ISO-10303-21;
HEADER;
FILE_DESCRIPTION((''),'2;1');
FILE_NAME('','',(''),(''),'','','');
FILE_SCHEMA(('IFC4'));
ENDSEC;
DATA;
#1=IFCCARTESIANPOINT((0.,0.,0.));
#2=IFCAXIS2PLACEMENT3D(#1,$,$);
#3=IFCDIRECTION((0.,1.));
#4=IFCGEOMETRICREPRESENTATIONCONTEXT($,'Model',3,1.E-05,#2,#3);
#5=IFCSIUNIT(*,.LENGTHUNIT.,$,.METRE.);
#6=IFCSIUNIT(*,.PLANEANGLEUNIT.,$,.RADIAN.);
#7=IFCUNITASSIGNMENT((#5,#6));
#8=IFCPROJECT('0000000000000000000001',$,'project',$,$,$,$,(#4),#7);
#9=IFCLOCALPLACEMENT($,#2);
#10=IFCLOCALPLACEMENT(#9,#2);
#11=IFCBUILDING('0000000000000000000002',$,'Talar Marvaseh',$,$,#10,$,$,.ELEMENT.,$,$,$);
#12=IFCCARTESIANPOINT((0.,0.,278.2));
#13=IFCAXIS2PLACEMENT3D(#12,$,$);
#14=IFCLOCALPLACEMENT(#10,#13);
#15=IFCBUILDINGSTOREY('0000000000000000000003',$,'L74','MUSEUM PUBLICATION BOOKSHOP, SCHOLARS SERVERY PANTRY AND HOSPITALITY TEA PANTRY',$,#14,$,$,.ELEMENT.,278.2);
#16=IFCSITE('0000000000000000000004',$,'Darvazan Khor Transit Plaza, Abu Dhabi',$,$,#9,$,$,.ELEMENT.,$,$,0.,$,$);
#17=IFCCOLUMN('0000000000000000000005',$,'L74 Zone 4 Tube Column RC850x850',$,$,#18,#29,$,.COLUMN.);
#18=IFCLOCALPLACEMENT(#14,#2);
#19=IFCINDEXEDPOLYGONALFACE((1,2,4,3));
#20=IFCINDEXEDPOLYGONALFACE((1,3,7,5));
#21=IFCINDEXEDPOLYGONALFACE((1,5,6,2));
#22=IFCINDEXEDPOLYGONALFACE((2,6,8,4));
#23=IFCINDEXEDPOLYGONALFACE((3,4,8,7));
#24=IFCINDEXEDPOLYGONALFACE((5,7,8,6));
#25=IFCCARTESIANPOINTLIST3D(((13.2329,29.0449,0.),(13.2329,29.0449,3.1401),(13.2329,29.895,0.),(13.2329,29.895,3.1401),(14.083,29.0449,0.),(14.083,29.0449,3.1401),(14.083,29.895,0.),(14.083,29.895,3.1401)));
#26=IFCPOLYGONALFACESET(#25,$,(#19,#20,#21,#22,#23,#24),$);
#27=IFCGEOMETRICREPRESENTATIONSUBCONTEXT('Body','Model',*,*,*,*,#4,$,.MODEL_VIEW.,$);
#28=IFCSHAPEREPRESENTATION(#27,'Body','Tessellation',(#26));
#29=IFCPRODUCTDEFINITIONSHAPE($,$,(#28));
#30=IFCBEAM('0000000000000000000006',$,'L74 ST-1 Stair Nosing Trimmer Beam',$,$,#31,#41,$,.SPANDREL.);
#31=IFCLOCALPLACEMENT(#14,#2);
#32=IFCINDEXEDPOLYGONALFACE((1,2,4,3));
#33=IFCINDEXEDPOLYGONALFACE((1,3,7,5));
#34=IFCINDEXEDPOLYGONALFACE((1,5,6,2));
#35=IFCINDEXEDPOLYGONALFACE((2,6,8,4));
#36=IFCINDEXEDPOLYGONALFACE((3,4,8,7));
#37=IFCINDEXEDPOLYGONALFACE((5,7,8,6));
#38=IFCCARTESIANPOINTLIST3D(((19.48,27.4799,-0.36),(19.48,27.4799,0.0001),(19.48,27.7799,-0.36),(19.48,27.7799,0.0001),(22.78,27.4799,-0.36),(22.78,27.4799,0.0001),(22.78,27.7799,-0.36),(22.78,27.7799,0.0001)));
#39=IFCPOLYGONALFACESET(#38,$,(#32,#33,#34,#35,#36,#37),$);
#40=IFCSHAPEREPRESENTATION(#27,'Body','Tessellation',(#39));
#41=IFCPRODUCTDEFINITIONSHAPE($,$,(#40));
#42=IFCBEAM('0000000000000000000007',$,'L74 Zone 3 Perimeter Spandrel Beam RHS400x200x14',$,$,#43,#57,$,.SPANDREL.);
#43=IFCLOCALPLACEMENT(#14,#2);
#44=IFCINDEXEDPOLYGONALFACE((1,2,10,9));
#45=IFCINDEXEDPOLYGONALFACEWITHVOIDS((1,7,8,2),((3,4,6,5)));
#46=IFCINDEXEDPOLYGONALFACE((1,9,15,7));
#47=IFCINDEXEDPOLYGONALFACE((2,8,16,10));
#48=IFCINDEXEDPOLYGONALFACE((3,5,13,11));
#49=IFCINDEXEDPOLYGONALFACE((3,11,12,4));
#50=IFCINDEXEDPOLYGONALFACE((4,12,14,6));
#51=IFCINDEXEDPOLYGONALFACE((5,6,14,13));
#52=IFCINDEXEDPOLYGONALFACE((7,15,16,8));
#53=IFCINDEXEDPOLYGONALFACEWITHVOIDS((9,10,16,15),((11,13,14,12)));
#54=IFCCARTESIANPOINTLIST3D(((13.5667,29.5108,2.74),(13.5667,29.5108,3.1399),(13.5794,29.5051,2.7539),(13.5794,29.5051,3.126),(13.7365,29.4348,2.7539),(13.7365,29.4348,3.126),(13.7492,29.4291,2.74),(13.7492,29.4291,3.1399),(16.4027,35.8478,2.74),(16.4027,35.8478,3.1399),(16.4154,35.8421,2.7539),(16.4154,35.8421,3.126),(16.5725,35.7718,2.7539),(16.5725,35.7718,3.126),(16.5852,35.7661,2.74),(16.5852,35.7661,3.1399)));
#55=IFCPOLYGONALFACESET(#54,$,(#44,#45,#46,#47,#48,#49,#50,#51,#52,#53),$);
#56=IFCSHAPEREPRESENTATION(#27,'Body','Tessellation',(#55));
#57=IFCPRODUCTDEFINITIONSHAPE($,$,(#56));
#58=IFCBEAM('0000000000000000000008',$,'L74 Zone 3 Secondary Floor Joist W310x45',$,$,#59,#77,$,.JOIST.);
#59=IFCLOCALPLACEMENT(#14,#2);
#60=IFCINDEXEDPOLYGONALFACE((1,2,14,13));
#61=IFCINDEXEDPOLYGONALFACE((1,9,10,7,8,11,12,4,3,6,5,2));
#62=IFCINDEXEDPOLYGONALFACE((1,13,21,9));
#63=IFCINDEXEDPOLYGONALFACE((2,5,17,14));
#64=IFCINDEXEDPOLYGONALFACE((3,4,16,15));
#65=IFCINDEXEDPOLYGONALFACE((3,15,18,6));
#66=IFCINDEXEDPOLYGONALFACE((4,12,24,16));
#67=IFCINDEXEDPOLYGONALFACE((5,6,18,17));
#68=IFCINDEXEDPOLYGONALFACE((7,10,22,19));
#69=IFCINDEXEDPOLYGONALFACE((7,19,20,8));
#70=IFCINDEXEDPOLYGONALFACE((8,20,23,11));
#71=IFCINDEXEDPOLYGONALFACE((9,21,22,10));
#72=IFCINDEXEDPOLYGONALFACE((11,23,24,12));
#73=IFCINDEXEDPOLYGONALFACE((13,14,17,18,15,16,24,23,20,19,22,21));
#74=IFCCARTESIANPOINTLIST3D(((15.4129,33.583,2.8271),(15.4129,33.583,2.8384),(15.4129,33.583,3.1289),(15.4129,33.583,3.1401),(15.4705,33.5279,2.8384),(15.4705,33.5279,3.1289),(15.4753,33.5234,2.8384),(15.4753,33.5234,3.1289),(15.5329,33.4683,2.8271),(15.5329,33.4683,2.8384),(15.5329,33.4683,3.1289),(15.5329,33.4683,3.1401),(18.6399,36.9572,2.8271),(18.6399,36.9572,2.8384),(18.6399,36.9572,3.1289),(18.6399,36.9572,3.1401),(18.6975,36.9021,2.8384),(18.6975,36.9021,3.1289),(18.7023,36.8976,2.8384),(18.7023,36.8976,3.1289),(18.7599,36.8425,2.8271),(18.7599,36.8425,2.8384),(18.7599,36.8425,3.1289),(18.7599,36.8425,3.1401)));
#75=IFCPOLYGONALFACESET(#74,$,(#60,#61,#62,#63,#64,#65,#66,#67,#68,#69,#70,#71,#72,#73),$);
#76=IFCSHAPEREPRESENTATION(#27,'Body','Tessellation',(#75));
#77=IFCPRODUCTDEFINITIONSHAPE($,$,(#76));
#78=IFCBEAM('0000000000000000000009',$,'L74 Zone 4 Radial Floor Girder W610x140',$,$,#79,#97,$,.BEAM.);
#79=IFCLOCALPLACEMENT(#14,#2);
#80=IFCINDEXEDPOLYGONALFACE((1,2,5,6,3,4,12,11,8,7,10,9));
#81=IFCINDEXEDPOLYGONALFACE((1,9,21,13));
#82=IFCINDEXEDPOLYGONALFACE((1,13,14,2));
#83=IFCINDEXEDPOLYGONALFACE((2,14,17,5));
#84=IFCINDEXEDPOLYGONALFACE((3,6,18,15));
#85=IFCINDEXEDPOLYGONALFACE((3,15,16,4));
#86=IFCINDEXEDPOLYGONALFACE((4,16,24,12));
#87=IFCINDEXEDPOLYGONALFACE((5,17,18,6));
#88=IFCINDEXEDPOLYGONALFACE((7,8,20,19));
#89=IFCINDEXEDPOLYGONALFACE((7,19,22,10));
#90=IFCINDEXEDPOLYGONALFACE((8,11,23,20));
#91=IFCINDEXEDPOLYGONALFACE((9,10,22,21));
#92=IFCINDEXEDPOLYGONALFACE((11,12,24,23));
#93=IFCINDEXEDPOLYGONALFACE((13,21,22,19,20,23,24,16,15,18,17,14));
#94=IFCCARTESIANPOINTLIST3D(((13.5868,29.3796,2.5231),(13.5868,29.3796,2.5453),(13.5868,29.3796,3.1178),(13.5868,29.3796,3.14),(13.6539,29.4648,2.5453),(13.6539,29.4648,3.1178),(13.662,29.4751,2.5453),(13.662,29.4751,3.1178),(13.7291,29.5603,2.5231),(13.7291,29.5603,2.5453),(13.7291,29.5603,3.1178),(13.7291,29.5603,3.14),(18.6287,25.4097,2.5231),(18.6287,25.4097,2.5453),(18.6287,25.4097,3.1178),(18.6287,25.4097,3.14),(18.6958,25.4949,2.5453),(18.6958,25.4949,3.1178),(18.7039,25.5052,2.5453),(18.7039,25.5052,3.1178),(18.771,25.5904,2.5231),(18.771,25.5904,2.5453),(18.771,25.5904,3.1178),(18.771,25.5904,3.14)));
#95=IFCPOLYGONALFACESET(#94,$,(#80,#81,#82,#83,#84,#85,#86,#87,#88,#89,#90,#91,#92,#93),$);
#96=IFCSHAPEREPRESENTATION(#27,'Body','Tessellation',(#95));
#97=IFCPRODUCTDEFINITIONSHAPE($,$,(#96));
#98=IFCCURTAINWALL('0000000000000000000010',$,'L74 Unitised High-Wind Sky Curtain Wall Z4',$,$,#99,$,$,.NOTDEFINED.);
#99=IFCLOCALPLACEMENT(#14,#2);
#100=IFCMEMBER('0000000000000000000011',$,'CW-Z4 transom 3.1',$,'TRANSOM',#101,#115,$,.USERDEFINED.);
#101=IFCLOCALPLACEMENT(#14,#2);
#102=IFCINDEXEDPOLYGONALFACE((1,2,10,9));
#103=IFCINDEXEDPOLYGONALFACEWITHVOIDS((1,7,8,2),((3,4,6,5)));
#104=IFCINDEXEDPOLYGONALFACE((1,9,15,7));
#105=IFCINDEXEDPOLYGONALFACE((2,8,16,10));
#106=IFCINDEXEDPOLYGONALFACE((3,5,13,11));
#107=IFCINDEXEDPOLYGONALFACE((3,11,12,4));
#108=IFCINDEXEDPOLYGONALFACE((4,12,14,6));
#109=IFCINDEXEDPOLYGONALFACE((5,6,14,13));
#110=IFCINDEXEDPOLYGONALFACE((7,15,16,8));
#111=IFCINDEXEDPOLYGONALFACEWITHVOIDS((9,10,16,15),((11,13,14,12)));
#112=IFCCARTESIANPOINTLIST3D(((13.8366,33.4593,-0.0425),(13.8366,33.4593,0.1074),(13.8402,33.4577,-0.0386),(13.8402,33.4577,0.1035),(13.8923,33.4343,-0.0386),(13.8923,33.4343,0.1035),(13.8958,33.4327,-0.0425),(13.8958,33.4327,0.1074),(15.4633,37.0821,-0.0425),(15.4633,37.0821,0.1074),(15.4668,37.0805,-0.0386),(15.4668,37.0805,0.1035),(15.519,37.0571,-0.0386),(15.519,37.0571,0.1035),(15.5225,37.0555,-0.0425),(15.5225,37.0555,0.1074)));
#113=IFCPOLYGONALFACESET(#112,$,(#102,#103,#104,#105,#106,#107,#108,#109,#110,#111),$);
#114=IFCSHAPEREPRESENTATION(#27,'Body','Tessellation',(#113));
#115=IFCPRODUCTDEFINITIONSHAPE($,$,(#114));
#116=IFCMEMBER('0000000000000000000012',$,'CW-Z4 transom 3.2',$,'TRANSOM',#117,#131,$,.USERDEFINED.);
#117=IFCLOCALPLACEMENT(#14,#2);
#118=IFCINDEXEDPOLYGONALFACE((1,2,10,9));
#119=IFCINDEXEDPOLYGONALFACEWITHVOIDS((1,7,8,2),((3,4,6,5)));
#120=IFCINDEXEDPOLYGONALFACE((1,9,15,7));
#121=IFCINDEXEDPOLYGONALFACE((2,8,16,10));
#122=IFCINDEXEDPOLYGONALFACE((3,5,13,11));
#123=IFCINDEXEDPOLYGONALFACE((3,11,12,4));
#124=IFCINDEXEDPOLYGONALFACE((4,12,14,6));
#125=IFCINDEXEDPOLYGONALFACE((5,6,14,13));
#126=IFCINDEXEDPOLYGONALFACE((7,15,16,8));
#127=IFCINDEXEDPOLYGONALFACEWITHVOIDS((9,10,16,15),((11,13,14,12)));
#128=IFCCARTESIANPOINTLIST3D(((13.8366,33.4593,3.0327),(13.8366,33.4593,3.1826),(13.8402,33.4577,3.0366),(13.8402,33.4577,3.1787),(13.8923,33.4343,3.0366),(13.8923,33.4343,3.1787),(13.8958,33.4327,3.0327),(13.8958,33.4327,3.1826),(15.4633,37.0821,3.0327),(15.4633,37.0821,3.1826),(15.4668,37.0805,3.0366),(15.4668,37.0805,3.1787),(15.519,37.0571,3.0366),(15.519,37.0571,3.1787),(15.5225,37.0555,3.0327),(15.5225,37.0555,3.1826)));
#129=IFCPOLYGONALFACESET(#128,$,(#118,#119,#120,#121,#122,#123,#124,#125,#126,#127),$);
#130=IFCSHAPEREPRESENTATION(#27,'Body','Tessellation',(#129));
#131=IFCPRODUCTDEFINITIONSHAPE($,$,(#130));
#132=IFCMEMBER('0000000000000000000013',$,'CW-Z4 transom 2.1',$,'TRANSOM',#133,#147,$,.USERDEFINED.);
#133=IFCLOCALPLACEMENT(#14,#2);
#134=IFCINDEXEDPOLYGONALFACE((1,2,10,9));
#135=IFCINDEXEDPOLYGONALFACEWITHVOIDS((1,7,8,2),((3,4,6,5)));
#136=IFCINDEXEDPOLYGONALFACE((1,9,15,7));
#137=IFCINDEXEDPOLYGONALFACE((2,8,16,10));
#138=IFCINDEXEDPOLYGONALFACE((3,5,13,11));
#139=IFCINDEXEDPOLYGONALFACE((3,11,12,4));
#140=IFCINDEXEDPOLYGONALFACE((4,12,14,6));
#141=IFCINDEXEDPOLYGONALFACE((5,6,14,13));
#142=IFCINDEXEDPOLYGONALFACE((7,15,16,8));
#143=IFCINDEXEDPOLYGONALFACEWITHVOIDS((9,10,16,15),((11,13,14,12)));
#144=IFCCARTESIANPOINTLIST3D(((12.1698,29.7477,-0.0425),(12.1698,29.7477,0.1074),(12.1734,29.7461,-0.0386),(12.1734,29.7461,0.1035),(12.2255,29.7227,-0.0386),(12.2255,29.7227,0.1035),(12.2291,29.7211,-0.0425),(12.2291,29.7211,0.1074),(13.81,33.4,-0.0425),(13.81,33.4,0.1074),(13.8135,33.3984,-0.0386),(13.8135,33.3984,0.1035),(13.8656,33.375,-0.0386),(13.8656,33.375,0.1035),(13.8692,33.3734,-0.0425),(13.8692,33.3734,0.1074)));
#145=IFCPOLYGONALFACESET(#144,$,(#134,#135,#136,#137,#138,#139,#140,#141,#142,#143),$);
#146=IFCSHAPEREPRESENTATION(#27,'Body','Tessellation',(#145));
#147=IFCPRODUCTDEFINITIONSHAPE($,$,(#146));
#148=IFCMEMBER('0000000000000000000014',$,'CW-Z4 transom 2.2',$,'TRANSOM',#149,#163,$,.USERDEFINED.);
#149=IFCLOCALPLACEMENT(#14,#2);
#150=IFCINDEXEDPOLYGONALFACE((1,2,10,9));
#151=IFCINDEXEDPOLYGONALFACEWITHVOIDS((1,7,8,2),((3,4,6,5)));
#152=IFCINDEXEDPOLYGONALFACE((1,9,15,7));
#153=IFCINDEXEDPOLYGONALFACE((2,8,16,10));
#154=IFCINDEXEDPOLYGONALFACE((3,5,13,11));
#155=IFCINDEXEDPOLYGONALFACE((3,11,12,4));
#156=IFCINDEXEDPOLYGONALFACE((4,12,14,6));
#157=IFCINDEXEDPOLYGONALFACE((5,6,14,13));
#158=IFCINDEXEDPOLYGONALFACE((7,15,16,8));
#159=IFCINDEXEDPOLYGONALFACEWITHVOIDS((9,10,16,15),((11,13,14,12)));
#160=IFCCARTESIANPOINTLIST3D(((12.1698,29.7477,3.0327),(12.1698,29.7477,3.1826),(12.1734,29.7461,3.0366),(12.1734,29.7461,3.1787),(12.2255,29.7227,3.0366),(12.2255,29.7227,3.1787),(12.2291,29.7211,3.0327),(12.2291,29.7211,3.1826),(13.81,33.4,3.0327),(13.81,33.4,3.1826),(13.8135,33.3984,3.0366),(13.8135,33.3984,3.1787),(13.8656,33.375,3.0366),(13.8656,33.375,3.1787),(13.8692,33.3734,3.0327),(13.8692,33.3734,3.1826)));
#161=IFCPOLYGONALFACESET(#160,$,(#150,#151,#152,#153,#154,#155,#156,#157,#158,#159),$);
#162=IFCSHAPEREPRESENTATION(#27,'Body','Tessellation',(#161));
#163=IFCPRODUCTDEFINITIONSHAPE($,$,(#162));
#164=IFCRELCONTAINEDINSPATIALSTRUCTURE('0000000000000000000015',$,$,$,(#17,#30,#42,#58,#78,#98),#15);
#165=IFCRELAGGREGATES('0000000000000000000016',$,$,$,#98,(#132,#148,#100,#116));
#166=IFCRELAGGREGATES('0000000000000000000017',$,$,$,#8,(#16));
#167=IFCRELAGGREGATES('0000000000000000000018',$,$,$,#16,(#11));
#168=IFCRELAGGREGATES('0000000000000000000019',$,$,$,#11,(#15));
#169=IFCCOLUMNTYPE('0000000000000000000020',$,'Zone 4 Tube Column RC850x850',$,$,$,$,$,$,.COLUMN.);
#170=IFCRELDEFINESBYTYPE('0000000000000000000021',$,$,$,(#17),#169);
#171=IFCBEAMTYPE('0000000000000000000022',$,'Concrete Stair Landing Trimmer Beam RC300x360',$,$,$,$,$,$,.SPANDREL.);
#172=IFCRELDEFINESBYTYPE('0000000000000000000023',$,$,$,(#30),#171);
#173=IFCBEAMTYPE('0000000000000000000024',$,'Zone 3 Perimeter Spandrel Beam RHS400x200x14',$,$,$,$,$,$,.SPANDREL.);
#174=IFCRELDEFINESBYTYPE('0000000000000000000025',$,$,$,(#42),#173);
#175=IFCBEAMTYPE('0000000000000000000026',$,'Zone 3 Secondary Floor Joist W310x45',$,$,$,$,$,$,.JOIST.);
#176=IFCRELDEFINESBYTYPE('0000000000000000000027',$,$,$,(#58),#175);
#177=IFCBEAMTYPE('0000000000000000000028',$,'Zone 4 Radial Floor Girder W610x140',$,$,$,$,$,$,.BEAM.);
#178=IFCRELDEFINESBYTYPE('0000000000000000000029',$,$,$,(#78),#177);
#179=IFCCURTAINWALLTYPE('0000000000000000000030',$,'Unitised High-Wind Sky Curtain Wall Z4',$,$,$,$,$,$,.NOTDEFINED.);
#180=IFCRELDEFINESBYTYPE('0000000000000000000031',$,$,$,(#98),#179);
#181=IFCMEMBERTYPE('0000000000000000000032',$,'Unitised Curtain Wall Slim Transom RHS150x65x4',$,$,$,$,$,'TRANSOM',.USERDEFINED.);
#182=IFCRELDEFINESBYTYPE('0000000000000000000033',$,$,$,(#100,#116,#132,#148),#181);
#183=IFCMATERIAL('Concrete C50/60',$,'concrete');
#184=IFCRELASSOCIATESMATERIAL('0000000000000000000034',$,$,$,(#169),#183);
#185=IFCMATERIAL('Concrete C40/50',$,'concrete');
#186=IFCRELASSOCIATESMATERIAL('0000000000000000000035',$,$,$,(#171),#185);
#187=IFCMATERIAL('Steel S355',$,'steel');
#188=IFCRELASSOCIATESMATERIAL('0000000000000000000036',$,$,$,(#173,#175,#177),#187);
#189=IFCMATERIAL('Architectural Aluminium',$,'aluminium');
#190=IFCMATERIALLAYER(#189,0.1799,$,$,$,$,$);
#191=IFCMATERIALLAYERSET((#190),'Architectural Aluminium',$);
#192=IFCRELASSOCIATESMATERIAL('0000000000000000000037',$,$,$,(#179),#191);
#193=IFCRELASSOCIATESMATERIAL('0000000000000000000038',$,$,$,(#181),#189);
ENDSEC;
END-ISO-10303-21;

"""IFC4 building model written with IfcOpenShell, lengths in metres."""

from ifc_helpers import new_model, si_unit, direction, frame, origin, origin_2d, place, context, subcontext, project, spatial, rectangle, hollow_rectangle, i_section, extrude, source, transform, mapped, material, layer, layer_set, material_profile, profile_set, type_object, type_shapes, element, aggregate, save


model = new_model("IFC4")

# Units and contexts
model_context = context("Model", 3, precision=1e-05, world=origin(), true_north=direction((0.0, 1.0)))
body_context = subcontext(model_context, "Body", "Model", "MODEL_VIEW")
ifc_project = project(units=[si_unit("LENGTHUNIT", "METRE"), si_unit("PLANEANGLEUNIT", "RADIAN")], contexts=[model_context])

# Site, building, storey
site_placement = place(None, origin())
site = spatial("IfcSite", under=ifc_project, at=site_placement, Name="Darvazan Khor Transit Plaza, Abu Dhabi", CompositionType="ELEMENT", RefElevation=0.0)
building_placement = place(site_placement, origin())
building = spatial("IfcBuilding", under=site, at=building_placement, Name="Talar Marvaseh", CompositionType="ELEMENT")
storey_placement = place(building_placement, frame((0.0, 0.0, 278.2)))
storey = spatial("IfcBuildingStorey", under=building, at=storey_placement, Name="L74", Description="MUSEUM PUBLICATION BOOKSHOP, SCHOLARS SERVERY PANTRY AND HOSPITALITY TEA PANTRY", CompositionType="ELEMENT", Elevation=278.2)

# Column
ifc_material_1 = material(Name="Concrete C50/60", Category="concrete")
ifc_material_profile_1 = material_profile(ifc_material_1, rectangle(XDim=0.8501, YDim=0.8501, at=origin_2d()), Name="RC850x850")
ifc_profile_set_1 = profile_set([ifc_material_profile_1], Name="Concrete C50/60")
column_type = type_object("IfcColumnType", Name="Zone 4 Tube Column RC850x850", PredefinedType="COLUMN", material=ifc_profile_set_1)
column_placement = place(storey_placement, frame((13.658, 29.47, 0.0), z_axis=(0.0, 0.0, 1.0), x_axis=(1.0, 0.0, 0.0)))
element("IfcColumn", 1, at=column_placement, inside=storey, type_object=column_type, Name="L74 Zone 4 Tube Column RC850x850", PredefinedType="COLUMN", context=body_context, shape_type="SweptSolid", body=[
    extrude(rectangle(XDim=0.8501, YDim=0.8501, at=origin_2d()), origin(), (0.0, 0.0, 1.0), 3.1401),
])

# Beams
ifc_material_2 = material(Name="Concrete C40/50", Category="concrete")
ifc_material_profile_2 = material_profile(ifc_material_2, rectangle(XDim=0.3, YDim=0.3601, at=origin_2d()), Name="RC300x360")
ifc_profile_set_2 = profile_set([ifc_material_profile_2], Name="Concrete C40/50")
beam_type_1 = type_object("IfcBeamType", Name="Concrete Stair Landing Trimmer Beam RC300x360", PredefinedType="SPANDREL", material=ifc_profile_set_2)
beam_1_placement = place(storey_placement, frame((22.78, 27.6299, -0.1799), z_axis=(-1.0, 0.0, 0.0), x_axis=(0.0, -1.0, 0.0)))
element("IfcBeam", 2, at=beam_1_placement, inside=storey, type_object=beam_type_1, Name="L74 ST-1 Stair Nosing Trimmer Beam", PredefinedType="SPANDREL", context=body_context, shape_type="SweptSolid", body=[
    extrude(rectangle(XDim=0.3, YDim=0.3601, at=origin_2d()), origin(), (0.0, 0.0, 1.0), 3.3),
])
ifc_material_3 = material(Name="Steel S355", Category="steel")
ifc_material_profile_3 = material_profile(ifc_material_3, hollow_rectangle(XDim=0.2, YDim=0.3999, WallThickness=0.0139, at=origin_2d()), Name="RHS400x200x14")
ifc_profile_set_3 = profile_set([ifc_material_profile_3], Name="Steel S355")
beam_type_2 = type_object("IfcBeamType", Name="Zone 3 Perimeter Spandrel Beam RHS400x200x14", PredefinedType="SPANDREL", material=ifc_profile_set_3)
beam_2_placement = place(storey_placement, frame((13.658, 29.47, 2.9399), z_axis=(0.408486, 0.912764, 0.0), x_axis=(-0.912764, 0.408486, 0.0)))
element("IfcBeam", 3, at=beam_2_placement, inside=storey, type_object=beam_type_2, Name="L74 Zone 3 Perimeter Spandrel Beam RHS400x200x14", PredefinedType="SPANDREL", context=body_context, shape_type="SweptSolid", body=[
    extrude(hollow_rectangle(XDim=0.2, YDim=0.3999, WallThickness=0.0139, at=origin_2d()), origin(), (0.0, 0.0, 1.0), 6.9426),
])
ifc_material_profile_4 = material_profile(ifc_material_3, i_section(OverallWidth=0.166, OverallDepth=0.313, WebThickness=0.0066, FlangeThickness=0.0112, at=origin_2d()), Name="W310x45")
ifc_profile_set_4 = profile_set([ifc_material_profile_4], Name="Steel S355")
beam_type_3 = type_object("IfcBeamType", Name="Zone 3 Secondary Floor Joist W310x45", PredefinedType="JOIST", material=ifc_profile_set_4)
beam_3_placement = place(storey_placement, frame((15.4729, 33.5256, 2.9836), z_axis=(0.691166, 0.722696, 0.0), x_axis=(-0.722696, 0.691166, 0.0)))
element("IfcBeam", 4, at=beam_3_placement, inside=storey, type_object=beam_type_3, Name="L74 Zone 3 Secondary Floor Joist W310x45", PredefinedType="JOIST", context=body_context, shape_type="SweptSolid", body=[
    extrude(i_section(OverallWidth=0.166, OverallDepth=0.313, WebThickness=0.0066, FlangeThickness=0.0112, at=origin_2d()), origin(), (0.0, 0.0, 1.0), 4.6689),
])
ifc_material_profile_5 = material_profile(ifc_material_3, i_section(OverallWidth=0.23, OverallDepth=0.6169, WebThickness=0.0132, FlangeThickness=0.0222, at=origin_2d()), Name="W610x140")
ifc_profile_set_5 = profile_set([ifc_material_profile_5], Name="Steel S355")
beam_type_4 = type_object("IfcBeamType", Name="Zone 4 Radial Floor Girder W610x140", PredefinedType="BEAM", material=ifc_profile_set_5)
beam_4_placement = place(storey_placement, frame((13.658, 29.47, 2.8315), z_axis=(0.785682, -0.618631, 0.0), x_axis=(0.618631, 0.785682, 0.0)))
element("IfcBeam", 5, at=beam_4_placement, inside=storey, type_object=beam_type_4, Name="L74 Zone 4 Radial Floor Girder W610x140", PredefinedType="BEAM", context=body_context, shape_type="SweptSolid", body=[
    extrude(i_section(OverallWidth=0.23, OverallDepth=0.6169, WebThickness=0.0132, FlangeThickness=0.0222, at=origin_2d()), origin(), (0.0, 0.0, 1.0), 6.4172),
])

# Curtain wall, members
ifc_material_4 = material(Name="Architectural Aluminium", Category="aluminium")
ifc_layer_1 = layer(ifc_material_4, 0.1799)
ifc_layer_set_1 = layer_set([ifc_layer_1], Name="Architectural Aluminium")
curtain_wall_type = type_object("IfcCurtainWallType", Name="Unitised High-Wind Sky Curtain Wall Z4", PredefinedType="NOTDEFINED", material=ifc_layer_set_1)
curtain_wall_placement = place(storey_placement, origin())
curtain_wall = element("IfcCurtainWall", 6, at=curtain_wall_placement, inside=storey, type_object=curtain_wall_type, Name="L74 Unitised High-Wind Sky Curtain Wall Z4", PredefinedType="NOTDEFINED")
ifc_material_profile_6 = material_profile(ifc_material_4, hollow_rectangle(XDim=0.0649, YDim=0.1499, WallThickness=0.0039, at=origin_2d()), Name="RHS150x65x4")
ifc_profile_set_6 = profile_set([ifc_material_profile_6], Name="Architectural Aluminium")
member_type_1 = type_object("IfcMemberType", Name="Unitised Curtain Wall Slim Transom RHS150x65x4", ElementType="TRANSOM", PredefinedType="USERDEFINED", material=ifc_profile_set_6)
shared_shape_1 = source(origin(), body_context, "Body", "SweptSolid", [
    extrude(hollow_rectangle(XDim=0.0649, YDim=0.1499, WallThickness=0.0039, at=origin_2d()), origin(), (0.0, 0.0, 1.0), 3.9712),
])
member_1_placement = place(storey_placement, frame((13.8662, 33.446, 0.0325), z_axis=(0.409621, 0.912256, 0.0), x_axis=(-0.912256, 0.409621, 0.0)))
member_1 = element("IfcMember", 7, at=member_1_placement, type_object=member_type_1, Name="CW-Z4 transom 3.1", ObjectType="TRANSOM", PredefinedType="USERDEFINED", context=body_context, shape_type="MappedRepresentation", body=[
    mapped(shared_shape_1, transform((0.0, 0.0, 0.0), x_axis=(1.0, 0.0, 0.0), y_axis=(0.0, 1.0, 0.0), z_axis=(0.0, 0.0, 1.0), scale=1.0)),
])
member_2_placement = place(storey_placement, frame((13.8662, 33.446, 3.1077), z_axis=(0.409621, 0.912256, 0.0), x_axis=(-0.912256, 0.409621, 0.0)))
member_2 = element("IfcMember", 8, at=member_2_placement, type_object=member_type_1, Name="CW-Z4 transom 3.2", ObjectType="TRANSOM", PredefinedType="USERDEFINED", context=body_context, shape_type="MappedRepresentation", body=[
    mapped(shared_shape_1, transform((0.0, 0.0, 0.0), x_axis=(1.0, 0.0, 0.0), y_axis=(0.0, 1.0, 0.0), z_axis=(0.0, 0.0, 1.0), scale=1.0)),
])
shared_shape_2 = source(origin(), body_context, "Body", "SweptSolid", [
    extrude(hollow_rectangle(XDim=0.0649, YDim=0.1499, WallThickness=0.0039, at=origin_2d()), origin(), (0.0, 0.0, 1.0), 4.0037),
])
type_shapes(member_type_1, [shared_shape_1, shared_shape_2])
member_3_placement = place(storey_placement, frame((12.1995, 29.7344, 0.0325), z_axis=(0.409655, 0.912241, 0.0), x_axis=(-0.912241, 0.409655, 0.0)))
member_3 = element("IfcMember", 9, at=member_3_placement, type_object=member_type_1, Name="CW-Z4 transom 2.1", ObjectType="TRANSOM", PredefinedType="USERDEFINED", context=body_context, shape_type="MappedRepresentation", body=[
    mapped(shared_shape_2, transform((0.0, 0.0, 0.0), x_axis=(1.0, 0.0, 0.0), y_axis=(0.0, 1.0, 0.0), z_axis=(0.0, 0.0, 1.0), scale=1.0)),
])
member_4_placement = place(storey_placement, frame((12.1995, 29.7344, 3.1077), z_axis=(0.409655, 0.912241, 0.0), x_axis=(-0.912241, 0.409655, 0.0)))
member_4 = element("IfcMember", 10, at=member_4_placement, type_object=member_type_1, Name="CW-Z4 transom 2.2", ObjectType="TRANSOM", PredefinedType="USERDEFINED", context=body_context, shape_type="MappedRepresentation", body=[
    mapped(shared_shape_2, transform((0.0, 0.0, 0.0), x_axis=(1.0, 0.0, 0.0), y_axis=(0.0, 1.0, 0.0), z_axis=(0.0, 0.0, 1.0), scale=1.0)),
])
aggregate(curtain_wall, [member_3, member_4, member_1, member_2])

save(model, "model.ifc")
